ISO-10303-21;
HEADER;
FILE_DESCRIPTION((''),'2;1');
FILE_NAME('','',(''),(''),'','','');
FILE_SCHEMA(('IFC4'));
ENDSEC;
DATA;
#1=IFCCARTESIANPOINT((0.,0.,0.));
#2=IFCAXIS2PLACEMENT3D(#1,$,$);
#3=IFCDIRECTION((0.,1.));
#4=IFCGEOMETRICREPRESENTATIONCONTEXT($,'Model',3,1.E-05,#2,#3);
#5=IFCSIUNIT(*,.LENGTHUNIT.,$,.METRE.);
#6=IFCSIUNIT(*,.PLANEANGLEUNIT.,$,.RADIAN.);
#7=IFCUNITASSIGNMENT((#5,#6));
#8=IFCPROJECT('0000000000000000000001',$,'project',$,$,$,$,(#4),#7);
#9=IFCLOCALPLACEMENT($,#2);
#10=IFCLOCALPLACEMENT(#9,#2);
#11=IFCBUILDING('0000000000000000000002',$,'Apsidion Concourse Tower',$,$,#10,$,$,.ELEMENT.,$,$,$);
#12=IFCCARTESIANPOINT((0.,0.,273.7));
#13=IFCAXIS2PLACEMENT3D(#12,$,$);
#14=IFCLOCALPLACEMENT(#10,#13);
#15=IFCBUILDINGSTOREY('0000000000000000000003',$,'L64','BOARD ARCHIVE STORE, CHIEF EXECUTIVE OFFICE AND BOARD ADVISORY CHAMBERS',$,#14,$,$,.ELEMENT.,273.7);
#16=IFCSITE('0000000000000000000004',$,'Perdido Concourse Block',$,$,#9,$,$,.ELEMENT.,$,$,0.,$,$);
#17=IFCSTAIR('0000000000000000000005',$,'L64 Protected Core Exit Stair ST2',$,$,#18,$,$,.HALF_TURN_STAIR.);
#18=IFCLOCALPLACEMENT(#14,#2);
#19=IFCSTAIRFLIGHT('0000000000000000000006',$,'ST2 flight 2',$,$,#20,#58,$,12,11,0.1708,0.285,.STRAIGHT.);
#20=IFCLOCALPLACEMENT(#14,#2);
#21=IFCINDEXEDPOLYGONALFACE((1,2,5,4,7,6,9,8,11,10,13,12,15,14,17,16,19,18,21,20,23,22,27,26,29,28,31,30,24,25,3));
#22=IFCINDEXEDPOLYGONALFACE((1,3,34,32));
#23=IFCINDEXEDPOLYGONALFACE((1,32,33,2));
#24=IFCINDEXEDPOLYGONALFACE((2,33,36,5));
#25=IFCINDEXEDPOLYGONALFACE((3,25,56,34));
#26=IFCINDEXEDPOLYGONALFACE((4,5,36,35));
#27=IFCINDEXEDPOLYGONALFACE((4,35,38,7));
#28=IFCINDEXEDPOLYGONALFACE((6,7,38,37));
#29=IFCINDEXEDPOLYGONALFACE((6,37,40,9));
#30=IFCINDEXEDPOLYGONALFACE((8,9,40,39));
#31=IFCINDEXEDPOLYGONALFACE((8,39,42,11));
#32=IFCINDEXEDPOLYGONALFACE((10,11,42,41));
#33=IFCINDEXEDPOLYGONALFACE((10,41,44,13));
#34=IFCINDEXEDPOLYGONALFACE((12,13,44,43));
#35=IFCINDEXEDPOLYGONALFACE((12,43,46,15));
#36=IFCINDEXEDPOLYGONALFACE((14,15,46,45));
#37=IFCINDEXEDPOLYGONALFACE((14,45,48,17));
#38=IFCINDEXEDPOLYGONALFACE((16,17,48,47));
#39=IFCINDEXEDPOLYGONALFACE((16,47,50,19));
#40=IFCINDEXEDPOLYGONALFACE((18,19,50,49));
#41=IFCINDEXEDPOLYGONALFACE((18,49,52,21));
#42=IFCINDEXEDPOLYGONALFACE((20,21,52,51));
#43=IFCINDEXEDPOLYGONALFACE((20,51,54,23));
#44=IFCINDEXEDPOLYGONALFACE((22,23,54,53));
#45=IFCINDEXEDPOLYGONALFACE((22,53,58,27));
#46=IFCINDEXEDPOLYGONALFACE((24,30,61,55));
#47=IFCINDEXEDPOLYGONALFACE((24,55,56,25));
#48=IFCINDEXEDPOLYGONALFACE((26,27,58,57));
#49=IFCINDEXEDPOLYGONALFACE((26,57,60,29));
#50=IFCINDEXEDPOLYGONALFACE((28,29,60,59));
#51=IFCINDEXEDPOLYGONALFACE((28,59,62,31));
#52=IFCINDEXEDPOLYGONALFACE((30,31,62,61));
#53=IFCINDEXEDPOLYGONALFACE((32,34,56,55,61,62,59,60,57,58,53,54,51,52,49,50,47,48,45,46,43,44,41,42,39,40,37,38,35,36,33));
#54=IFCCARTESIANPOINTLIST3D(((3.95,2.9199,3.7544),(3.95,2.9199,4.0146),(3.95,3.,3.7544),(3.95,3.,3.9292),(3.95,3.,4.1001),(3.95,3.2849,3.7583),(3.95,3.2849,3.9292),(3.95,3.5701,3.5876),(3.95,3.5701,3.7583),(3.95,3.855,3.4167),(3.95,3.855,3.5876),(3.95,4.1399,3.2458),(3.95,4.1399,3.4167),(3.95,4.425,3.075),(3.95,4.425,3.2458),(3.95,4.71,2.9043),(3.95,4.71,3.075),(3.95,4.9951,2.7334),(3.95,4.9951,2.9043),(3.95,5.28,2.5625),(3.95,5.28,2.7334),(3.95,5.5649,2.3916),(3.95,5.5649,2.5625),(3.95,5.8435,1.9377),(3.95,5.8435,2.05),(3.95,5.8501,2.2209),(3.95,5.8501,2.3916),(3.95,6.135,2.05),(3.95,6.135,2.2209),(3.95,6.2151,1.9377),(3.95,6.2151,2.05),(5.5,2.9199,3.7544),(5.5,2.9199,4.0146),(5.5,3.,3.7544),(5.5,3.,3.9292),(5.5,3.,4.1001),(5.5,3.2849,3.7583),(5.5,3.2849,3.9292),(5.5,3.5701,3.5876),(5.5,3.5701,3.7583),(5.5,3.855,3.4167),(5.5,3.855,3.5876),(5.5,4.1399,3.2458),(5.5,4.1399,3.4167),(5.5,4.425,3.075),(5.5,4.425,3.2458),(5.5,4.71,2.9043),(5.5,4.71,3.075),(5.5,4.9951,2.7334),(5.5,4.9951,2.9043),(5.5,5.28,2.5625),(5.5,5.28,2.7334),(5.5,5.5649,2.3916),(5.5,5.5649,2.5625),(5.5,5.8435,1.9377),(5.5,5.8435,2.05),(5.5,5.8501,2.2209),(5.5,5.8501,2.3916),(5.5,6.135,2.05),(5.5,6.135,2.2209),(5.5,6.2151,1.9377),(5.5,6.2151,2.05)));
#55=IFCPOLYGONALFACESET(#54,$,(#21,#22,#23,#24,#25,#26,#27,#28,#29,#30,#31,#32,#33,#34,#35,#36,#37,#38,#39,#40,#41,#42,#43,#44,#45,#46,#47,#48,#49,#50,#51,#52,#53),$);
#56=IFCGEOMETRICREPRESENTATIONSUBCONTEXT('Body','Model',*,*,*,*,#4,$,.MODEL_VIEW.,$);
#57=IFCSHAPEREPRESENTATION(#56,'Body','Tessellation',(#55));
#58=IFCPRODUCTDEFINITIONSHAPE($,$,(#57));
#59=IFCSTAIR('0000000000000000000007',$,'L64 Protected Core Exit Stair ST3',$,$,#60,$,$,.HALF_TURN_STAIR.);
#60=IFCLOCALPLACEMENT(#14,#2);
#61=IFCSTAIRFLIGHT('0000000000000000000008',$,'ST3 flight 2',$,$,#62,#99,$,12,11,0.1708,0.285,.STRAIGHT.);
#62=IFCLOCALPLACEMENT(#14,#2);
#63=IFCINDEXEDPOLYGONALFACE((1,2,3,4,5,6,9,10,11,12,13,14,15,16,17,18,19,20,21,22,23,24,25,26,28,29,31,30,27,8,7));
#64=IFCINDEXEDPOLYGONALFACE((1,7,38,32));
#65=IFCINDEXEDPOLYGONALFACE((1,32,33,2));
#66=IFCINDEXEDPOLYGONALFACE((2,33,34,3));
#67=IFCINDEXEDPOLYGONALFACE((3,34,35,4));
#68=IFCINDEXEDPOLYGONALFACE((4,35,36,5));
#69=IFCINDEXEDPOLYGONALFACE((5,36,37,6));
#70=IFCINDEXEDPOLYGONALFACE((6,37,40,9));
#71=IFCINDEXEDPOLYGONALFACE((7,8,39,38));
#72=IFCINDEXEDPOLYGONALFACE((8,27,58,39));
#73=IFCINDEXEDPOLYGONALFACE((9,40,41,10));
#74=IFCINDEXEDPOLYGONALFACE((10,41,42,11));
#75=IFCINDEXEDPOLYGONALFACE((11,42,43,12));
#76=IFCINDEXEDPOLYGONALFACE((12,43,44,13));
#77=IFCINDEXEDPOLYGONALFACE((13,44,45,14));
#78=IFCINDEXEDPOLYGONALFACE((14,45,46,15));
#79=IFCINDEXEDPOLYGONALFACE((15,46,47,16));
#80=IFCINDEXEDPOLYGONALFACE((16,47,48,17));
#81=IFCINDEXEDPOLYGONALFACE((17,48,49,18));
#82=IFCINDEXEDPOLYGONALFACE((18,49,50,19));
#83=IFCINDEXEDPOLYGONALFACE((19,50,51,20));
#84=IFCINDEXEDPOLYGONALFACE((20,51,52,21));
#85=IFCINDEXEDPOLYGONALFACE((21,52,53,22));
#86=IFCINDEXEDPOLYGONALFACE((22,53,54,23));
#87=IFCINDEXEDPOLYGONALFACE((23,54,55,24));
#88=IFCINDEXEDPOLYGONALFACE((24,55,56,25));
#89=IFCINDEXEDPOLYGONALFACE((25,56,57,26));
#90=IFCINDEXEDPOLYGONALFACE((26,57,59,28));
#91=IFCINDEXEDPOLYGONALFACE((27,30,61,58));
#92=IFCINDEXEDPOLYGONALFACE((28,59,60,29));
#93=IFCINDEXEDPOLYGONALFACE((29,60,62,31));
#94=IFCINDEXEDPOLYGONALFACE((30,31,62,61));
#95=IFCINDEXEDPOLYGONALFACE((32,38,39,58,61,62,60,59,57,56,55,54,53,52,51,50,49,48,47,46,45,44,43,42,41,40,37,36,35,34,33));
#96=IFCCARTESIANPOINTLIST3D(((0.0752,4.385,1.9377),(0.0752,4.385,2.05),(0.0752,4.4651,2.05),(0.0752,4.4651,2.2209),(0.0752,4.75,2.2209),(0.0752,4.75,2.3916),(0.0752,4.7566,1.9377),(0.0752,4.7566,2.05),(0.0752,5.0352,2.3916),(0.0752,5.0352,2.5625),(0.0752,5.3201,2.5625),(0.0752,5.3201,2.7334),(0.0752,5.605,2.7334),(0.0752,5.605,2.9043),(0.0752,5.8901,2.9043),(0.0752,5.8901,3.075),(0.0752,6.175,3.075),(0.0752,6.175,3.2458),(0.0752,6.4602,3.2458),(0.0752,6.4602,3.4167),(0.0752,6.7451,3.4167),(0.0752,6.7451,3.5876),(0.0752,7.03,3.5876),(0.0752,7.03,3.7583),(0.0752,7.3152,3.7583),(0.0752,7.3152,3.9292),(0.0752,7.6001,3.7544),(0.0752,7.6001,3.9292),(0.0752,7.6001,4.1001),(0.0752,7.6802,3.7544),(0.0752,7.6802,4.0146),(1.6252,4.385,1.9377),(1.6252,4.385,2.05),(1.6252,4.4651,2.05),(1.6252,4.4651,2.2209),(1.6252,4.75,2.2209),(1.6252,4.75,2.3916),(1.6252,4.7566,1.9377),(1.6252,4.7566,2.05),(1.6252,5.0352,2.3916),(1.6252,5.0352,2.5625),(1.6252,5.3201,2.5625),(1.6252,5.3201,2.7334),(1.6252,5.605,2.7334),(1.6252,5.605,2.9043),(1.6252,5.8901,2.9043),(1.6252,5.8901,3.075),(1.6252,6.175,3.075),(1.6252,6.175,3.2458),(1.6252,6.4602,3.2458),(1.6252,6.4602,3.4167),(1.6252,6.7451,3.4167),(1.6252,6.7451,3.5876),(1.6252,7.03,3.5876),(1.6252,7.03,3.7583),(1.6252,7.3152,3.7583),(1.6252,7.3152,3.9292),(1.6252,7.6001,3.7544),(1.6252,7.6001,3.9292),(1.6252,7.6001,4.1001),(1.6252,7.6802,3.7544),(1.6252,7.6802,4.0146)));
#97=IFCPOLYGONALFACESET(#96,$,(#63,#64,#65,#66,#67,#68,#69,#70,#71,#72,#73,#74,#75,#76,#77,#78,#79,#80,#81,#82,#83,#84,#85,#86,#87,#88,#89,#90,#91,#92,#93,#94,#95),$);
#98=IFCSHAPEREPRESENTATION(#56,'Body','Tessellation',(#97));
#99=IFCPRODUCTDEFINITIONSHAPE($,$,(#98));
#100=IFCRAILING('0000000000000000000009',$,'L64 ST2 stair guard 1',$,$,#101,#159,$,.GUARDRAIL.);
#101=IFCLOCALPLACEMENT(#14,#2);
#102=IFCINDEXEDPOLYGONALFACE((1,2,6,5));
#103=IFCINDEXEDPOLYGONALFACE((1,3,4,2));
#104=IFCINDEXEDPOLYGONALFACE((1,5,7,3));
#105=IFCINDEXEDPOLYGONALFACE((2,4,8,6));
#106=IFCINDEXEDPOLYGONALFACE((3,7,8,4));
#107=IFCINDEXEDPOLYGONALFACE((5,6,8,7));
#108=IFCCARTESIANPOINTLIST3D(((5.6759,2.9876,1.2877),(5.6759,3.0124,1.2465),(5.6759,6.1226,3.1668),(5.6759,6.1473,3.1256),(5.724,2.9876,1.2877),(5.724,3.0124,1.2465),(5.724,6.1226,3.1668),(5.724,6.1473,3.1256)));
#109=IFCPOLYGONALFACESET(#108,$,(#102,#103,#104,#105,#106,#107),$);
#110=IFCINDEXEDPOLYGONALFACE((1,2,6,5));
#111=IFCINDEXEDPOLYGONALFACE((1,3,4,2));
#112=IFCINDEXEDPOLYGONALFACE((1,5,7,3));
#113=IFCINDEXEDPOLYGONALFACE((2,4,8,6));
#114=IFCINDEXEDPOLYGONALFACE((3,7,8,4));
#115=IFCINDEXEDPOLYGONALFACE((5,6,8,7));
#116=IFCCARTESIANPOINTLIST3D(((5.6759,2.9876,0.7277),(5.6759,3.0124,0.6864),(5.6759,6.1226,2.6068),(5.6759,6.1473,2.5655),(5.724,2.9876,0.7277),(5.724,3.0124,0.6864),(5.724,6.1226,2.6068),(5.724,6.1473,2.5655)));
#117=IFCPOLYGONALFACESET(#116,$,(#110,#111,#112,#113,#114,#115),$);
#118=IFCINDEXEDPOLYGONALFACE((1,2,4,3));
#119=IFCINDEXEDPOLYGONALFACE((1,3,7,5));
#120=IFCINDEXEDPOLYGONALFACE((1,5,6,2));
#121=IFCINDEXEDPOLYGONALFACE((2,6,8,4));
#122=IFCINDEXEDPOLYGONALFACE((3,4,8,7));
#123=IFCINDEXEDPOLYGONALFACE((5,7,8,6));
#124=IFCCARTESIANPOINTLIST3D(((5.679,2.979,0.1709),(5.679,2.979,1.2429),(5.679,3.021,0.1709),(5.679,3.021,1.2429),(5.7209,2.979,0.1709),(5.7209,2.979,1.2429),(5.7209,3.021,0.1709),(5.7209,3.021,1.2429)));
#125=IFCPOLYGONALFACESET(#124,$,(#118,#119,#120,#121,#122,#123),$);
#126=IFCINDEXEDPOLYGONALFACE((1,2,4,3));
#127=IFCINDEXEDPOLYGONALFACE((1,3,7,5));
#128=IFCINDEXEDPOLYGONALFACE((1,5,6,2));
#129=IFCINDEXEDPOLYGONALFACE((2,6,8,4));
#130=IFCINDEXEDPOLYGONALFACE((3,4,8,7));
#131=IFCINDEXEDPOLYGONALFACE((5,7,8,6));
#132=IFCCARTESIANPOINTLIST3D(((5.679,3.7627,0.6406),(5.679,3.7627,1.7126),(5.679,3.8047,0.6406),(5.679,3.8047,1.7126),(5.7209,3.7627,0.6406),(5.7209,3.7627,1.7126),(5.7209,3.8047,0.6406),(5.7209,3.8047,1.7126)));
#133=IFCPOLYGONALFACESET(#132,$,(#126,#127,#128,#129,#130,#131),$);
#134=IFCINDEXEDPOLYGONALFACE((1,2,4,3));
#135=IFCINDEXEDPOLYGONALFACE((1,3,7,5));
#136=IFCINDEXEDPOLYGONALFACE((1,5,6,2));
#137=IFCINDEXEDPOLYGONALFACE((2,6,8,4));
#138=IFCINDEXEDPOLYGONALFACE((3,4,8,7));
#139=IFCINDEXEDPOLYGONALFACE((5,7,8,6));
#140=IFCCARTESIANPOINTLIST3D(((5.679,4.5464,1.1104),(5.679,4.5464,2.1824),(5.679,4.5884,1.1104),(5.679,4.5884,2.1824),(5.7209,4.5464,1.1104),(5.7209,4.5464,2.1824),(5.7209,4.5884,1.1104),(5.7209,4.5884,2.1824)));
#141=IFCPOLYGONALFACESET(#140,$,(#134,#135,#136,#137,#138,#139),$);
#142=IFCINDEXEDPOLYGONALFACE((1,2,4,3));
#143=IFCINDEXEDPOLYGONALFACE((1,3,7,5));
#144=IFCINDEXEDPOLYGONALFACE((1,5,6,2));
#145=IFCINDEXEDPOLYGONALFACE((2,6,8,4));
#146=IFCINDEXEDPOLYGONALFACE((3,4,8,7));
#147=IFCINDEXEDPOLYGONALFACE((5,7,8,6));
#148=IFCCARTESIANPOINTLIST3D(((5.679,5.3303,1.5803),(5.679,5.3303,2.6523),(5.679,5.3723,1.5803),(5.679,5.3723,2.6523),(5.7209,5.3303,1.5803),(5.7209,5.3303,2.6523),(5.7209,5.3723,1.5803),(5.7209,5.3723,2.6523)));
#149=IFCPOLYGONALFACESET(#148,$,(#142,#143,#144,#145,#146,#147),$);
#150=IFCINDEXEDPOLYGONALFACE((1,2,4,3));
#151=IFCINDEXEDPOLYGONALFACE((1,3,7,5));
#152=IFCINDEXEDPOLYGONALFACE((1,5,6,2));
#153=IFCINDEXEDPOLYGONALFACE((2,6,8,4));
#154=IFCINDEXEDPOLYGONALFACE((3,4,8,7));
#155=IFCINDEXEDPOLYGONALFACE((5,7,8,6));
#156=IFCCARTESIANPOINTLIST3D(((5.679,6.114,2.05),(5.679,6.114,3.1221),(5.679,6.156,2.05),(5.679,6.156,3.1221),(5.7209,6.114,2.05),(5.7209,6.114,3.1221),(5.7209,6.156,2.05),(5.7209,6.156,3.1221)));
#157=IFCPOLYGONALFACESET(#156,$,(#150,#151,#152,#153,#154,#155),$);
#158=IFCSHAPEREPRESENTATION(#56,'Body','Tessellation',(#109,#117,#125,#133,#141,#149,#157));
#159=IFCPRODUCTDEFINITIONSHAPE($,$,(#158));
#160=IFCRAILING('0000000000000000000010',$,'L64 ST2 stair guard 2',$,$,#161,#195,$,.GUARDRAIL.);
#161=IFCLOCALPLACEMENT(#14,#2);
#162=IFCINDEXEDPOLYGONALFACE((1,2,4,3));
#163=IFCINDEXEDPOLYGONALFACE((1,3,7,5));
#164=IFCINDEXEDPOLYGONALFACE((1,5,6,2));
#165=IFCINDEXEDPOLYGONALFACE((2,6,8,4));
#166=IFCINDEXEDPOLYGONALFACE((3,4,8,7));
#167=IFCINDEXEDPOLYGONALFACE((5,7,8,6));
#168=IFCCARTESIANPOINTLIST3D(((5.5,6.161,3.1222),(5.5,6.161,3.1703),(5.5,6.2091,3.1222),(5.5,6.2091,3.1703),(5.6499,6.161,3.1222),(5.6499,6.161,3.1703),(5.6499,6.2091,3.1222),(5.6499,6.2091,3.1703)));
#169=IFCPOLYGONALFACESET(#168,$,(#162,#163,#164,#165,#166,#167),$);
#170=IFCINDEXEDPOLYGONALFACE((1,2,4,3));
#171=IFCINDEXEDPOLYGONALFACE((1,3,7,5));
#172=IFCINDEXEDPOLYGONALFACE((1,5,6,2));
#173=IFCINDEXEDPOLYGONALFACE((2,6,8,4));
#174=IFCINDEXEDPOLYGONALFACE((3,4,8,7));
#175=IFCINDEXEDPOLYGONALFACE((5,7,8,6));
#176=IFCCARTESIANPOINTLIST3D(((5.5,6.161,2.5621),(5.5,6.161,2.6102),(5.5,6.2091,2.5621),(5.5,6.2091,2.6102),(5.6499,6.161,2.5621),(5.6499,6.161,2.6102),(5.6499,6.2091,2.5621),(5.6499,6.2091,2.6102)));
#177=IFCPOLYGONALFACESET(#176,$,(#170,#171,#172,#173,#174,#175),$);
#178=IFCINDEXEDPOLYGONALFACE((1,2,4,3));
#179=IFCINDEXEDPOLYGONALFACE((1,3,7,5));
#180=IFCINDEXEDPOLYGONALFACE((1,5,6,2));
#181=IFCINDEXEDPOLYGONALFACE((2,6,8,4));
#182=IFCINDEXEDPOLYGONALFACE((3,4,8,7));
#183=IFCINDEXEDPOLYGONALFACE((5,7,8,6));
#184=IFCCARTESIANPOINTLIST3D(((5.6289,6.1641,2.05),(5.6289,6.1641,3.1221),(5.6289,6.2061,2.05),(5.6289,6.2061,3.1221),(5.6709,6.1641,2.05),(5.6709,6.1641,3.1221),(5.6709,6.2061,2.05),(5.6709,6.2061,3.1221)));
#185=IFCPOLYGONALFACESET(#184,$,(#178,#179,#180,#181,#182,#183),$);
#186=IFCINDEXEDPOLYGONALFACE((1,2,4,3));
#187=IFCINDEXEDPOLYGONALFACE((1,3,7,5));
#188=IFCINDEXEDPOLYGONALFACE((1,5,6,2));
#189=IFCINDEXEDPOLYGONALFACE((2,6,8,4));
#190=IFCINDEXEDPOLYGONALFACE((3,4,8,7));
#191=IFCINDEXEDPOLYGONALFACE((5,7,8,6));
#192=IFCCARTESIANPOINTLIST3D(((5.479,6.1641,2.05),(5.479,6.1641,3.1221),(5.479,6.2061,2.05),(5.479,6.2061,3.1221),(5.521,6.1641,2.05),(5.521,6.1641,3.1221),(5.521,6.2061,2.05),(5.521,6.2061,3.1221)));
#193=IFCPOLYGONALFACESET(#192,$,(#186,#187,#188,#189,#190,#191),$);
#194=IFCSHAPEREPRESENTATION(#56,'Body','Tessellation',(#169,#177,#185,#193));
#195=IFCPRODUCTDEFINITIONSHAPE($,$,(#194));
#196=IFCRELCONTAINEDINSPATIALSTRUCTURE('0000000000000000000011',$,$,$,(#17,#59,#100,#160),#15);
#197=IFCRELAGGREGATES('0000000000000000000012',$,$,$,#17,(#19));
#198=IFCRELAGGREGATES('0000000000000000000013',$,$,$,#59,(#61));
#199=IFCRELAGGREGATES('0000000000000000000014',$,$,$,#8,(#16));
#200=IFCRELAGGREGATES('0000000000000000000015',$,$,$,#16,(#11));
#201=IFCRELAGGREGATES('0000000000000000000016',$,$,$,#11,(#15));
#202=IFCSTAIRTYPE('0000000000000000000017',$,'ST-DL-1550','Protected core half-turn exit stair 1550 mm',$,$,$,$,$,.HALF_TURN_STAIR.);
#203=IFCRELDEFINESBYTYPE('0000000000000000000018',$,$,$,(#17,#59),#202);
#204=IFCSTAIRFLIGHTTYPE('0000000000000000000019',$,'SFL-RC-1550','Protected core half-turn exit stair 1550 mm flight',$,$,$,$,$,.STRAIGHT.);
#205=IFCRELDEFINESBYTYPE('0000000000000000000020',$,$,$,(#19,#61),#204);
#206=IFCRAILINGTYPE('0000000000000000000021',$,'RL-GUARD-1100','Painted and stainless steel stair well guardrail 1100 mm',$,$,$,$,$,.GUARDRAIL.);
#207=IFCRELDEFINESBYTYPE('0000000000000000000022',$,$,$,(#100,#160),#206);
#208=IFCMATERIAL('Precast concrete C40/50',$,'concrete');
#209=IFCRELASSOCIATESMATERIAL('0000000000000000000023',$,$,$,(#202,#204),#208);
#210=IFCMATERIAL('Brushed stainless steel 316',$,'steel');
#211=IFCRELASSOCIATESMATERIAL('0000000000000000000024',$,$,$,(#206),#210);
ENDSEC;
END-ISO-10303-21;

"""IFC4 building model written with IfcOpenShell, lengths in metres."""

from ifc_helpers import new_model, si_unit, direction, frame, origin, origin_2d, place, context, subcontext, project, spatial, polyline, rectangle, outline, extrude, material, type_object, element, aggregate, save


model = new_model("IFC4")

# Units and contexts
model_context = context("Model", 3, precision=1e-05, world=origin(), true_north=direction((0.0, 1.0)))
body_context = subcontext(model_context, "Body", "Model", "MODEL_VIEW")
ifc_project = project(units=[si_unit("LENGTHUNIT", "METRE"), si_unit("PLANEANGLEUNIT", "RADIAN")], contexts=[model_context])

# Site, building, storey
site_placement = place(None, origin())
site = spatial("IfcSite", under=ifc_project, at=site_placement, Name="Perdido Concourse Block", CompositionType="ELEMENT", RefElevation=0.0)
building_placement = place(site_placement, origin())
building = spatial("IfcBuilding", under=site, at=building_placement, Name="Apsidion Concourse Tower", CompositionType="ELEMENT")
storey_placement = place(building_placement, frame((0.0, 0.0, 273.7)))
storey = spatial("IfcBuildingStorey", under=building, at=storey_placement, Name="L64", Description="BOARD ARCHIVE STORE, CHIEF EXECUTIVE OFFICE AND BOARD ADVISORY CHAMBERS", CompositionType="ELEMENT", Elevation=273.7)

# Stair, stair flight
ifc_material_1 = material(Name="Precast concrete C40/50", Category="concrete")
stair_type = type_object("IfcStairType", Name="ST-DL-1550", Description="Protected core half-turn exit stair 1550 mm", PredefinedType="HALF_TURN_STAIR", material=ifc_material_1)
stair_1_placement = place(storey_placement, origin())
stair_1 = element("IfcStair", 1, at=stair_1_placement, inside=storey, type_object=stair_type, Name="L64 Protected Core Exit Stair ST2", PredefinedType="HALF_TURN_STAIR")
stair_flight_type = type_object("IfcStairFlightType", Name="SFL-RC-1550", Description="Protected core half-turn exit stair 1550 mm flight", PredefinedType="STRAIGHT", material=ifc_material_1)
stair_flight_1_placement = place(storey_placement, frame((4.7251, 6.135, 2.05), z_axis=(0.0, 0.0, 1.0), x_axis=(0.0, -1.0, 0.0)))
stair_flight_1 = element("IfcStairFlight", 2, at=stair_flight_1_placement, type_object=stair_flight_type, Name="ST2 flight 2", NumberOfRisers=12, NumberOfTreads=11, PredefinedType="STRAIGHT", RiserHeight=0.1708, TreadLength=0.285, context=body_context, shape_type="SweptSolid", body=[
    extrude(outline(polyline([(-0.0801, -0.1123), (-0.0801, 0.0), (0.0, 0.0), (0.0, 0.1709), (0.2849, 0.1709), (0.2849, 0.3416), (0.5701, 0.3416), (0.5701, 0.5125), (0.855, 0.5125), (0.855, 0.6833), (1.1399, 0.6833), (1.1399, 0.8542), (1.425, 0.8542), (1.425, 1.0249), (1.71, 1.0249), (1.71, 1.1958), (1.9951, 1.1958), (1.9951, 1.3667), (2.28, 1.3667), (2.28, 1.5376), (2.5649, 1.5376), (2.5649, 1.7083), (2.8501, 1.7083), (2.8501, 1.8792), (3.135, 1.8792), (3.135, 2.05), (3.2151, 1.9646), (3.2151, 1.7043), (3.135, 1.7043), (0.2915, 0.0), (0.2915, -0.1123), (-0.0801, -0.1123)])), frame((0.0, 0.7749, 0.0), z_axis=(0.0, -1.0, 0.0), x_axis=(1.0, 0.0, 0.0)), (0.0, 0.0, 1.0), 1.55),
])
aggregate(stair_1, [stair_flight_1])

# Stair, stair flight
stair_2_placement = place(storey_placement, origin())
stair_2 = element("IfcStair", 3, at=stair_2_placement, inside=storey, type_object=stair_type, Name="L64 Protected Core Exit Stair ST3", PredefinedType="HALF_TURN_STAIR")
stair_flight_2_placement = place(storey_placement, frame((0.8501, 4.4651, 2.05), z_axis=(0.0, 0.0, 1.0), x_axis=(0.0, 1.0, 0.0)))
stair_flight_2 = element("IfcStairFlight", 4, at=stair_flight_2_placement, type_object=stair_flight_type, Name="ST3 flight 2", NumberOfRisers=12, NumberOfTreads=11, PredefinedType="STRAIGHT", RiserHeight=0.1708, TreadLength=0.285, context=body_context, shape_type="SweptSolid", body=[
    extrude(outline(polyline([(-0.0801, -0.1123), (-0.0801, 0.0), (0.0, 0.0), (0.0, 0.1709), (0.2849, 0.1709), (0.2849, 0.3416), (0.5701, 0.3416), (0.5701, 0.5125), (0.855, 0.5125), (0.855, 0.6833), (1.1399, 0.6833), (1.1399, 0.8542), (1.425, 0.8542), (1.425, 1.0249), (1.71, 1.0249), (1.71, 1.1958), (1.9951, 1.1958), (1.9951, 1.3667), (2.28, 1.3667), (2.28, 1.5376), (2.5649, 1.5376), (2.5649, 1.7083), (2.8501, 1.7083), (2.8501, 1.8792), (3.135, 1.8792), (3.135, 2.05), (3.2151, 1.9646), (3.2151, 1.7043), (3.135, 1.7043), (0.2915, 0.0), (0.2915, -0.1123), (-0.0801, -0.1123)])), frame((0.0, 0.7749, 0.0), z_axis=(0.0, -1.0, 0.0), x_axis=(1.0, 0.0, 0.0)), (0.0, 0.0, 1.0), 1.55),
])
aggregate(stair_2, [stair_flight_2])

# Railings
ifc_material_2 = material(Name="Brushed stainless steel 316", Category="steel")
railing_type_1 = type_object("IfcRailingType", Name="RL-GUARD-1100", Description="Painted and stainless steel stair well guardrail 1100 mm", PredefinedType="GUARDRAIL", material=ifc_material_2)
railing_1_placement = place(storey_placement, frame((5.7, 3.0, 0.1709)))
element("IfcRailing", 5, at=railing_1_placement, inside=storey, type_object=railing_type_1, Name="L64 ST2 stair guard 1", PredefinedType="GUARDRAIL", context=body_context, shape_type="SweptSolid", body=[
    extrude(rectangle(XDim=0.0481, YDim=0.0481, at=origin_2d()), frame((0.0, 0.0, 1.0962), z_axis=(0.0, 0.857717, 0.514122), x_axis=(-1.0, 0.0, 0.0)), (0.0, 0.0, 1.0), 3.655),
    extrude(rectangle(XDim=0.0481, YDim=0.0481, at=origin_2d()), frame((0.0, 0.0, 0.5361), z_axis=(0.0, 0.857717, 0.514122), x_axis=(-1.0, 0.0, 0.0)), (0.0, 0.0, 1.0), 3.655),
    extrude(rectangle(XDim=0.042, YDim=0.042, at=origin_2d()), origin(), (0.0, 0.0, 1.0), 1.072),
    extrude(rectangle(XDim=0.042, YDim=0.042, at=origin_2d()), frame((0.0, 0.7837, 0.4697)), (0.0, 0.0, 1.0), 1.072),
    extrude(rectangle(XDim=0.042, YDim=0.042, at=origin_2d()), frame((0.0, 1.5674, 0.9395)), (0.0, 0.0, 1.0), 1.072),
    extrude(rectangle(XDim=0.042, YDim=0.042, at=origin_2d()), frame((0.0, 2.3513, 1.4094)), (0.0, 0.0, 1.0), 1.072),
    extrude(rectangle(XDim=0.042, YDim=0.042, at=origin_2d()), frame((0.0, 3.135, 1.8792)), (0.0, 0.0, 1.0), 1.072),
])
railing_2_placement = place(storey_placement, frame((5.6499, 6.1851, 2.05)))
element("IfcRailing", 6, at=railing_2_placement, inside=storey, type_object=railing_type_1, Name="L64 ST2 stair guard 2", PredefinedType="GUARDRAIL", context=body_context, shape_type="SweptSolid", body=[
    extrude(rectangle(XDim=0.0481, YDim=0.0481, at=origin_2d()), frame((0.0, 0.0, 1.0962), z_axis=(-1.0, 0.0, 0.0), x_axis=(0.0, -1.0, 0.0)), (0.0, 0.0, 1.0), 0.1499),
    extrude(rectangle(XDim=0.0481, YDim=0.0481, at=origin_2d()), frame((0.0, 0.0, 0.5361), z_axis=(-1.0, 0.0, 0.0), x_axis=(0.0, -1.0, 0.0)), (0.0, 0.0, 1.0), 0.1499),
    extrude(rectangle(XDim=0.042, YDim=0.042, at=origin_2d()), origin(), (0.0, 0.0, 1.0), 1.072),
    extrude(rectangle(XDim=0.042, YDim=0.042, at=origin_2d()), frame((-0.1499, 0.0, 0.0)), (0.0, 0.0, 1.0), 1.072),
])

save(model, "model.ifc")
